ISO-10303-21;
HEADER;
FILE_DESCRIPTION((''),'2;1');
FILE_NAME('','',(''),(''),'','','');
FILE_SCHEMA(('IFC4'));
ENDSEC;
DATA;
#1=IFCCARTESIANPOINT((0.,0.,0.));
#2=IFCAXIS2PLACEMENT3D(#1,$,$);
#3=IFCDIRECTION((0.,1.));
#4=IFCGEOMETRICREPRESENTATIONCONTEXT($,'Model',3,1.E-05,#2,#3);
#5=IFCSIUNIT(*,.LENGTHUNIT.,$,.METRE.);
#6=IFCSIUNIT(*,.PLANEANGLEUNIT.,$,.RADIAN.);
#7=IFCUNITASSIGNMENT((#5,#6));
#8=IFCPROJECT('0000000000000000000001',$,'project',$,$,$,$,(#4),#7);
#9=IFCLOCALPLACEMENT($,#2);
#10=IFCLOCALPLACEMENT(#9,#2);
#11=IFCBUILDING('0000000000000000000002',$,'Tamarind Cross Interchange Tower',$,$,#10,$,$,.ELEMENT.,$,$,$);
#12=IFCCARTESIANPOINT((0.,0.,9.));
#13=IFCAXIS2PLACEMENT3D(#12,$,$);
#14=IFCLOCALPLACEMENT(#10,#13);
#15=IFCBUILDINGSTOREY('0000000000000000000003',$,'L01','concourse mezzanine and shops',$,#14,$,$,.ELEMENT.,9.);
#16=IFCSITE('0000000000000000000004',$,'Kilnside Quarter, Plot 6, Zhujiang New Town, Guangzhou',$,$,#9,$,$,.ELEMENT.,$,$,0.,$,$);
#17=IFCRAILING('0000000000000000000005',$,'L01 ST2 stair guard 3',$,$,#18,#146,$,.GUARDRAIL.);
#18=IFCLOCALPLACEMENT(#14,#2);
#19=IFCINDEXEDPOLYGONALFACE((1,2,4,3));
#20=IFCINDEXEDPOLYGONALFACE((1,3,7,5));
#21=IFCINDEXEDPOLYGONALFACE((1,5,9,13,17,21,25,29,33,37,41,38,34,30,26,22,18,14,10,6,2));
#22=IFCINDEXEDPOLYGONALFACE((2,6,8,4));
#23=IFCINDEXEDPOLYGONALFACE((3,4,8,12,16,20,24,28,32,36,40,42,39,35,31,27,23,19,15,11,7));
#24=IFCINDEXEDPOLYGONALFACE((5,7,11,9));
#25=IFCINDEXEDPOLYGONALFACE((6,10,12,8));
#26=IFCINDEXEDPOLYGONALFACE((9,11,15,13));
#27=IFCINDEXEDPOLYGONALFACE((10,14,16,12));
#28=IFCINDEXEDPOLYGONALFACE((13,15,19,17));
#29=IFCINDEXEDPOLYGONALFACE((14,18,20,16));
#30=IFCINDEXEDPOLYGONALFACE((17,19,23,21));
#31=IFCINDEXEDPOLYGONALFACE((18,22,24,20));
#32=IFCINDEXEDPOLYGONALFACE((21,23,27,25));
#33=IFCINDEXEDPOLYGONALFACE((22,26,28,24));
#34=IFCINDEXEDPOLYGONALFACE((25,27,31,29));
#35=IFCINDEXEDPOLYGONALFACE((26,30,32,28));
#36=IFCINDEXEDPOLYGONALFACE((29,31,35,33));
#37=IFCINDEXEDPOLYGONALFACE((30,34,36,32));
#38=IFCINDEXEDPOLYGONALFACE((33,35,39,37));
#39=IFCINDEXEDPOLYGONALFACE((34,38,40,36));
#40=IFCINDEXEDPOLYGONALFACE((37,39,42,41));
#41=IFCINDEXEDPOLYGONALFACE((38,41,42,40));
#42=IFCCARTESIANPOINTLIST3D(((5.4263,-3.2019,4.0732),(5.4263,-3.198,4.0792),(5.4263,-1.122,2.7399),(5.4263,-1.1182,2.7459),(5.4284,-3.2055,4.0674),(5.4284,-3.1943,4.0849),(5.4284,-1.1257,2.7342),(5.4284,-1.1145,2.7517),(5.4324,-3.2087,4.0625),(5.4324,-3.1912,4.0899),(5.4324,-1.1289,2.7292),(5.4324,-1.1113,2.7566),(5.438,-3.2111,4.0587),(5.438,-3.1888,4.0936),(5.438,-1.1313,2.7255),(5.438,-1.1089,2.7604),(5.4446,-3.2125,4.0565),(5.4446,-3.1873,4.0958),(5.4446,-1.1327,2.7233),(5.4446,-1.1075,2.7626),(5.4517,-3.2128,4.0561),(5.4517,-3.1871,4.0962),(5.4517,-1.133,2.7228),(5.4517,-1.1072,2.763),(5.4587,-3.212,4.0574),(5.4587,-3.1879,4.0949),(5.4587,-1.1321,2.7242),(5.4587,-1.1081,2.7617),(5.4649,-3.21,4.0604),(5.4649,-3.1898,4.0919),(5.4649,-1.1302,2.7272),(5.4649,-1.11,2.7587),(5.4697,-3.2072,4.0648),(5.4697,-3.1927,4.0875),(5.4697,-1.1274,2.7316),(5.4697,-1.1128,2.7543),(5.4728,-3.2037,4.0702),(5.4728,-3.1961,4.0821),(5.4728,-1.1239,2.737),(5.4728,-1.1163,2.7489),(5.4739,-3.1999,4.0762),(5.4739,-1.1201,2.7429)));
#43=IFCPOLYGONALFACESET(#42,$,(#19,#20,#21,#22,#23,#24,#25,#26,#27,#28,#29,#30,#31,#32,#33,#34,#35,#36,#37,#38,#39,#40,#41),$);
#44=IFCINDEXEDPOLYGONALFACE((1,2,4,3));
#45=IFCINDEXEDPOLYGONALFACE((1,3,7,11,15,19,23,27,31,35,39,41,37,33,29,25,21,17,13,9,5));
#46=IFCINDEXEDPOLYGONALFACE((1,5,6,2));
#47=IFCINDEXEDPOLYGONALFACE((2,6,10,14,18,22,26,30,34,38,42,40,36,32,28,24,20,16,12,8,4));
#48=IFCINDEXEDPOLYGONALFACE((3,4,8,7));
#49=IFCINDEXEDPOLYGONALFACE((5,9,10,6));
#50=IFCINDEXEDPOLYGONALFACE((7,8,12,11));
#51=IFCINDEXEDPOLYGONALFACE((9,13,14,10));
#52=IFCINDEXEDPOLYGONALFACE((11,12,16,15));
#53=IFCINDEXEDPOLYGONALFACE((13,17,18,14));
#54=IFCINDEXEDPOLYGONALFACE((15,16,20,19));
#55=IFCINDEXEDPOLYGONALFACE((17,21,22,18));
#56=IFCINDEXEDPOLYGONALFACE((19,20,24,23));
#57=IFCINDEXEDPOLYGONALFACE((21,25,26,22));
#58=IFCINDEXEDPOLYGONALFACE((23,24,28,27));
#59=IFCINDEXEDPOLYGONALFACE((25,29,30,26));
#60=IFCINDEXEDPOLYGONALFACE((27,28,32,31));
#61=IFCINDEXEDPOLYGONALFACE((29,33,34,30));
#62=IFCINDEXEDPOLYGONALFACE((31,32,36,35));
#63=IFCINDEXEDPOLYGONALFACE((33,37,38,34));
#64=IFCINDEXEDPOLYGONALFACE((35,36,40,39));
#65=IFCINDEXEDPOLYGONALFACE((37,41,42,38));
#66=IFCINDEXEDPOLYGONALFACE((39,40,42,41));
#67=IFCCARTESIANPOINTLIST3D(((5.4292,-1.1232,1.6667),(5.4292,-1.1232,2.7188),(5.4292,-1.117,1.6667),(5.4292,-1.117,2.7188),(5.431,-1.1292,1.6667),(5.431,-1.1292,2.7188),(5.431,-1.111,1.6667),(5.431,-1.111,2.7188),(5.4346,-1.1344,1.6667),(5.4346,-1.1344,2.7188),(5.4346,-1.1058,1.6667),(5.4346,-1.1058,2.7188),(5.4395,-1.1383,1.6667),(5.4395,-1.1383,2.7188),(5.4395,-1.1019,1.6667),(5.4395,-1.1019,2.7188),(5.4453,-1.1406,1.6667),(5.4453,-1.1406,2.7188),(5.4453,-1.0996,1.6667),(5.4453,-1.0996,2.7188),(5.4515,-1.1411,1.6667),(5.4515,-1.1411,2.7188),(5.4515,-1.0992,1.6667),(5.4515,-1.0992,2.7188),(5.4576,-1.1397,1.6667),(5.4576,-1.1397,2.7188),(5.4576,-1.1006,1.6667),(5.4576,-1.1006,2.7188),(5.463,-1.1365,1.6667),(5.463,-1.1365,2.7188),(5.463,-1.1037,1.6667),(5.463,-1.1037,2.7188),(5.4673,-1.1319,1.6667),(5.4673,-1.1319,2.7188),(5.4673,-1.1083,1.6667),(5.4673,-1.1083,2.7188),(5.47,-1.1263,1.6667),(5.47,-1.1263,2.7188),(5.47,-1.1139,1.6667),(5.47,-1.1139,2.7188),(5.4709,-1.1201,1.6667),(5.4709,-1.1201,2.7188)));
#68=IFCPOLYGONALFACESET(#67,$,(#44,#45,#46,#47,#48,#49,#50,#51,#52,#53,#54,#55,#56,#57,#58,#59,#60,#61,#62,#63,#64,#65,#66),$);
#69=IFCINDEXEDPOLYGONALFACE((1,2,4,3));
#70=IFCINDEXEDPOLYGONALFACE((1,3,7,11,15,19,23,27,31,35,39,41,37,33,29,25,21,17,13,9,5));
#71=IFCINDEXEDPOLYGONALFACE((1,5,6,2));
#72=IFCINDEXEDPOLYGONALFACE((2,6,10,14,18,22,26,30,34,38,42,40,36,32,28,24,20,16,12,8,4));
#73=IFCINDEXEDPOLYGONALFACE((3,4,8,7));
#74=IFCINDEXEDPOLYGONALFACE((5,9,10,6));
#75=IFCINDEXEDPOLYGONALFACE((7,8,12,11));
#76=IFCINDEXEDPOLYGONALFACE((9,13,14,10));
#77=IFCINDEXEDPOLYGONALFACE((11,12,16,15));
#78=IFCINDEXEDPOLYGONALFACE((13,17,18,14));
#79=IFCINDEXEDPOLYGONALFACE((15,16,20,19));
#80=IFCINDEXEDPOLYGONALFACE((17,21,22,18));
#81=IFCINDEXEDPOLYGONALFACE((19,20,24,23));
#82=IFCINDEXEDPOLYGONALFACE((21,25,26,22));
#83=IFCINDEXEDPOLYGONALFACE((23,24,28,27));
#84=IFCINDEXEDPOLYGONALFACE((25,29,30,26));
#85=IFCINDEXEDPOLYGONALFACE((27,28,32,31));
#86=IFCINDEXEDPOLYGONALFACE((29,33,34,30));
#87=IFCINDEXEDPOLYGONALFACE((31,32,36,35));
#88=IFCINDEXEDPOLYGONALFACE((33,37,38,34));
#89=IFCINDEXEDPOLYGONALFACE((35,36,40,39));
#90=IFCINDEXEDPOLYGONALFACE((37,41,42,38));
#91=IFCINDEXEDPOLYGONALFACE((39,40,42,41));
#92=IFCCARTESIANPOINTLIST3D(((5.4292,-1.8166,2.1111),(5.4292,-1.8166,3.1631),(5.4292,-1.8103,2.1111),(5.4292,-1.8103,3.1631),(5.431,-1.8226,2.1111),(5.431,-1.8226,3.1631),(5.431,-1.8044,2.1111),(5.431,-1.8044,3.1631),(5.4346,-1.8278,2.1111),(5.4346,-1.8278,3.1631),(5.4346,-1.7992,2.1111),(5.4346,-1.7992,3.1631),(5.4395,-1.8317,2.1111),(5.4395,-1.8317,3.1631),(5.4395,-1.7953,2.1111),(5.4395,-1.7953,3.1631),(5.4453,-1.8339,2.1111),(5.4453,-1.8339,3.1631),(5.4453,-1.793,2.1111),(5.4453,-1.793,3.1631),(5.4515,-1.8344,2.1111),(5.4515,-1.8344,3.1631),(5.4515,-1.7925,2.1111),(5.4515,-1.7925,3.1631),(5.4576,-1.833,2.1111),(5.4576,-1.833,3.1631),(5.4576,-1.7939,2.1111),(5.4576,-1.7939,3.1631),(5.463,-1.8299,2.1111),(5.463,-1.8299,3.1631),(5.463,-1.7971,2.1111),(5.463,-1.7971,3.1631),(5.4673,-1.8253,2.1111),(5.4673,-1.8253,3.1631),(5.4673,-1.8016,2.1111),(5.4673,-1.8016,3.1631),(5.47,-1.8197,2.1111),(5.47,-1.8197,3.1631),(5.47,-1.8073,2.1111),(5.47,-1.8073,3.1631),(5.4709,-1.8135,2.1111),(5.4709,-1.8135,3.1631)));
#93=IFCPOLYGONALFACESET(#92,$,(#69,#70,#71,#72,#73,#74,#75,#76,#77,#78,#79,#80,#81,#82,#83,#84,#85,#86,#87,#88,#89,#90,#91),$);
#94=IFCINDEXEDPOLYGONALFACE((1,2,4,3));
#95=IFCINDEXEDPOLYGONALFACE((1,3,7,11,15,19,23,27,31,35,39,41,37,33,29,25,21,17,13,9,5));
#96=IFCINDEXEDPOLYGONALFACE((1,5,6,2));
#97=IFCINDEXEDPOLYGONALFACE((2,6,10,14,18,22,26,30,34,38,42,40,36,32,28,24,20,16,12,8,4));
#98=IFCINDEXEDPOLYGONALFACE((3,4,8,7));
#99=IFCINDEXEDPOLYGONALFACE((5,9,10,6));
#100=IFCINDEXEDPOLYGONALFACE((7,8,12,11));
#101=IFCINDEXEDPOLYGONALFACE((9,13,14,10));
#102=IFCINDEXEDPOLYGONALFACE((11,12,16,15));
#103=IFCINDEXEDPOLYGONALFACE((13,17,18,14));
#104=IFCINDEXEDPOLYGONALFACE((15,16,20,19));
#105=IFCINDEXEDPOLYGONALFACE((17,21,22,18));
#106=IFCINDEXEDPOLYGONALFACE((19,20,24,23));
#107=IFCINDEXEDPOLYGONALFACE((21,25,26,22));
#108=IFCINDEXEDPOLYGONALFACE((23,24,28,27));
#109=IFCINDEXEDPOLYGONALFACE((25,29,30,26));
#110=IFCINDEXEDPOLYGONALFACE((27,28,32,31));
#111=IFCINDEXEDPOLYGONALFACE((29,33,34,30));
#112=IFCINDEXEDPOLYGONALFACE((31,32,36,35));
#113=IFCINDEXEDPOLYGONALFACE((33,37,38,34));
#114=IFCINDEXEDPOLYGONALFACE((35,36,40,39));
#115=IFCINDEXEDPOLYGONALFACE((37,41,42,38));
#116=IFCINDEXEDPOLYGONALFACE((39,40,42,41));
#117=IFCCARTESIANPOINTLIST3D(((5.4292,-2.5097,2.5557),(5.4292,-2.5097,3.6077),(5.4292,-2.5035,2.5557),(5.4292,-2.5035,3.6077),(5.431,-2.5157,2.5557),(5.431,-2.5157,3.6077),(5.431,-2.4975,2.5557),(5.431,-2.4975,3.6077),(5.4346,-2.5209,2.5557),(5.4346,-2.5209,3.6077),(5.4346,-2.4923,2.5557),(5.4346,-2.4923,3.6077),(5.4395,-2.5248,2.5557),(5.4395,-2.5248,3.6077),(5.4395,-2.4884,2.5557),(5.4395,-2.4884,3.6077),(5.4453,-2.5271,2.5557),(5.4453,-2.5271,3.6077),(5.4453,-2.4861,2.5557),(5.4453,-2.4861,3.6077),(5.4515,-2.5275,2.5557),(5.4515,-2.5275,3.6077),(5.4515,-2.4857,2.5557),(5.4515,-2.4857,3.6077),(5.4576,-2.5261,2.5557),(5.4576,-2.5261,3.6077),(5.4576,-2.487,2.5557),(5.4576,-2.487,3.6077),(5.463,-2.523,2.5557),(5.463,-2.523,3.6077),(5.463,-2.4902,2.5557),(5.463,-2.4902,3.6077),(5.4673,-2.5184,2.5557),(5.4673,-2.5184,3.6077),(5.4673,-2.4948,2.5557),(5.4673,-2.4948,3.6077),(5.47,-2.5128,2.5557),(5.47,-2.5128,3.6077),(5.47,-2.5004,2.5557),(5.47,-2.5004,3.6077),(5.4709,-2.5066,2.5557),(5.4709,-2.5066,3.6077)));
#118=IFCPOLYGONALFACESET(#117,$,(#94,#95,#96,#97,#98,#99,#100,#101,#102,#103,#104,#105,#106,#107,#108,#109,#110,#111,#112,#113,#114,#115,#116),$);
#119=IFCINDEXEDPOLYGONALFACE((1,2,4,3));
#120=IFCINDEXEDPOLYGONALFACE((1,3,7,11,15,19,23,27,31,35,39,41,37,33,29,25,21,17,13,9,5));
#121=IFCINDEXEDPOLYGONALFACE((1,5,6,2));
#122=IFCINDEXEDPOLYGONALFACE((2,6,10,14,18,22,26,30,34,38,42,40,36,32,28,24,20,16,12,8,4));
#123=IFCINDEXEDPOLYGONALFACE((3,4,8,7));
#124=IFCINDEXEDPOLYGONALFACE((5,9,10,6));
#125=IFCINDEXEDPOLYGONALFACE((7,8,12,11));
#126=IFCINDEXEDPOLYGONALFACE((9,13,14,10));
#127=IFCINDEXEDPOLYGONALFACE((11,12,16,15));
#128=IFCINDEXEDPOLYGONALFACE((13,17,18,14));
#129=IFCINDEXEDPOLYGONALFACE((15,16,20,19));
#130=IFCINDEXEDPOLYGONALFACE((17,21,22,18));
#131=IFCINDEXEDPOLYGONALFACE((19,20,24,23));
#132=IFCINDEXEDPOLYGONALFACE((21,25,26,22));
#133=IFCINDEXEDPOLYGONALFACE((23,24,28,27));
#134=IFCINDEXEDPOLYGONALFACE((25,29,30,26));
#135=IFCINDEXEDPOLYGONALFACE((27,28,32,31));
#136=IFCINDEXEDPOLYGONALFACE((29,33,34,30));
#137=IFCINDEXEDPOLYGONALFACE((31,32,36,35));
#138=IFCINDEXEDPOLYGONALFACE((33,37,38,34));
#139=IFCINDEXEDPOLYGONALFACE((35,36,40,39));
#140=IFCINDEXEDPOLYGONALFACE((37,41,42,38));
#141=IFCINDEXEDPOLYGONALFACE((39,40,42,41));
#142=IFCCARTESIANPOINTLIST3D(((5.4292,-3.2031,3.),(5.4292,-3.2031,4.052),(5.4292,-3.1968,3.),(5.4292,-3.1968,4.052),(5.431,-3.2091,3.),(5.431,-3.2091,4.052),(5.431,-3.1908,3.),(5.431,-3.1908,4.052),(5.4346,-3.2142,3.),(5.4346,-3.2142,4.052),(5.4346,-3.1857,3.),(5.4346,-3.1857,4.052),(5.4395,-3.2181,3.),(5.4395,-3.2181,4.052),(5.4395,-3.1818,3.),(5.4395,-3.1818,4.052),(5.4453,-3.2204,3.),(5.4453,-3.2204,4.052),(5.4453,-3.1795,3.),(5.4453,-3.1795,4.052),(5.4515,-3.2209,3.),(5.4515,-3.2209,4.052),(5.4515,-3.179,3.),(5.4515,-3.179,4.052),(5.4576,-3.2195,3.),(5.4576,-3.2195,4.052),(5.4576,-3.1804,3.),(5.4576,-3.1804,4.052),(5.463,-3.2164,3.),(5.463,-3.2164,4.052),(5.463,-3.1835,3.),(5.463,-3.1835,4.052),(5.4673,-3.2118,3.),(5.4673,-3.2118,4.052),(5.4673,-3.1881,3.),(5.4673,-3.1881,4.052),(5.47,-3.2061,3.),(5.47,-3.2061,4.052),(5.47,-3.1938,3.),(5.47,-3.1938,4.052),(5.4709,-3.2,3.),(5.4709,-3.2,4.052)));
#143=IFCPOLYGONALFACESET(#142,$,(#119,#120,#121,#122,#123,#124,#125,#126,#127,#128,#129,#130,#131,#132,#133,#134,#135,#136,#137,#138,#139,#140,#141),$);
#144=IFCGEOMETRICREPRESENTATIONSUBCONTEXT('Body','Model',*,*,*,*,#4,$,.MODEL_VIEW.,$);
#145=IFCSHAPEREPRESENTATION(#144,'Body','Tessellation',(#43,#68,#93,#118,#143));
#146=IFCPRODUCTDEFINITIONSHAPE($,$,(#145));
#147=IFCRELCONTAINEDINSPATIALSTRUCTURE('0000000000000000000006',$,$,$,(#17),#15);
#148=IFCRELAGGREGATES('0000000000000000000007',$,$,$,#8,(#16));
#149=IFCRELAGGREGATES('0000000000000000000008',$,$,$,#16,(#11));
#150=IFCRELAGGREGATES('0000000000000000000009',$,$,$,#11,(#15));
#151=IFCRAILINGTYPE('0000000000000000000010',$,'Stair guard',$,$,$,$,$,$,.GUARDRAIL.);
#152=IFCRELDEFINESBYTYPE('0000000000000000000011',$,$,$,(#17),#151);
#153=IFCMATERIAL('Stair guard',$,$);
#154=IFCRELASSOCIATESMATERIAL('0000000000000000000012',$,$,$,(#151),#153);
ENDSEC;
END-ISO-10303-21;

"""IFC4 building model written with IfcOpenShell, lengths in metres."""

from ifc_helpers import new_model, si_unit, direction, frame, origin, origin_2d, place, context, subcontext, project, spatial, circle, extrude, material, type_object, element, save


model = new_model("IFC4")

# Units and contexts
model_context = context("Model", 3, precision=1e-05, world=origin(), true_north=direction((0.0, 1.0)))
body_context = subcontext(model_context, "Body", "Model", "MODEL_VIEW")
ifc_project = project(units=[si_unit("LENGTHUNIT", "METRE"), si_unit("PLANEANGLEUNIT", "RADIAN")], contexts=[model_context])

# Site, building, storey
site_placement = place(None, origin())
site = spatial("IfcSite", under=ifc_project, at=site_placement, Name="Kilnside Quarter, Plot 6, Zhujiang New Town, Guangzhou", CompositionType="ELEMENT", RefElevation=0.0)
building_placement = place(site_placement, origin())
building = spatial("IfcBuilding", under=site, at=building_placement, Name="Tamarind Cross Interchange Tower", CompositionType="ELEMENT")
storey_placement = place(building_placement, frame((0.0, 0.0, 9.0)))
storey = spatial("IfcBuildingStorey", under=building, at=storey_placement, Name="L01", Description="concourse mezzanine and shops", CompositionType="ELEMENT", Elevation=9.0)

# Railing
ifc_material_1 = material(Name="Stair guard")
railing_type = type_object("IfcRailingType", Name="Stair guard", PredefinedType="GUARDRAIL", material=ifc_material_1)
railing_1_placement = place(storey_placement, frame((5.45, -1.1201, 1.6667)))
element("IfcRailing", 1, at=railing_1_placement, inside=storey, type_object=railing_type, Name="L01 ST2 stair guard 3", PredefinedType="GUARDRAIL", context=body_context, shape_type="SweptSolid", body=[
    extrude(circle(Radius=0.0239, at=origin_2d()), frame((0.0, 0.0, 1.0762), z_axis=(0.0, -0.841875, 0.539673), x_axis=(1.0, 0.0, 0.0)), (0.0, 0.0, 1.0), 2.4705),
    extrude(circle(Radius=0.021, at=origin_2d()), origin(), (0.0, 0.0, 1.0), 1.052),
    extrude(circle(Radius=0.021, at=origin_2d()), frame((0.0, -0.6934, 0.4443)), (0.0, 0.0, 1.0), 1.052),
    extrude(circle(Radius=0.021, at=origin_2d()), frame((0.0, -1.3865, 0.8889)), (0.0, 0.0, 1.0), 1.052),
    extrude(circle(Radius=0.021, at=origin_2d()), frame((0.0, -2.0798, 1.3333)), (0.0, 0.0, 1.0), 1.052),
])

save(model, "model.ifc")
